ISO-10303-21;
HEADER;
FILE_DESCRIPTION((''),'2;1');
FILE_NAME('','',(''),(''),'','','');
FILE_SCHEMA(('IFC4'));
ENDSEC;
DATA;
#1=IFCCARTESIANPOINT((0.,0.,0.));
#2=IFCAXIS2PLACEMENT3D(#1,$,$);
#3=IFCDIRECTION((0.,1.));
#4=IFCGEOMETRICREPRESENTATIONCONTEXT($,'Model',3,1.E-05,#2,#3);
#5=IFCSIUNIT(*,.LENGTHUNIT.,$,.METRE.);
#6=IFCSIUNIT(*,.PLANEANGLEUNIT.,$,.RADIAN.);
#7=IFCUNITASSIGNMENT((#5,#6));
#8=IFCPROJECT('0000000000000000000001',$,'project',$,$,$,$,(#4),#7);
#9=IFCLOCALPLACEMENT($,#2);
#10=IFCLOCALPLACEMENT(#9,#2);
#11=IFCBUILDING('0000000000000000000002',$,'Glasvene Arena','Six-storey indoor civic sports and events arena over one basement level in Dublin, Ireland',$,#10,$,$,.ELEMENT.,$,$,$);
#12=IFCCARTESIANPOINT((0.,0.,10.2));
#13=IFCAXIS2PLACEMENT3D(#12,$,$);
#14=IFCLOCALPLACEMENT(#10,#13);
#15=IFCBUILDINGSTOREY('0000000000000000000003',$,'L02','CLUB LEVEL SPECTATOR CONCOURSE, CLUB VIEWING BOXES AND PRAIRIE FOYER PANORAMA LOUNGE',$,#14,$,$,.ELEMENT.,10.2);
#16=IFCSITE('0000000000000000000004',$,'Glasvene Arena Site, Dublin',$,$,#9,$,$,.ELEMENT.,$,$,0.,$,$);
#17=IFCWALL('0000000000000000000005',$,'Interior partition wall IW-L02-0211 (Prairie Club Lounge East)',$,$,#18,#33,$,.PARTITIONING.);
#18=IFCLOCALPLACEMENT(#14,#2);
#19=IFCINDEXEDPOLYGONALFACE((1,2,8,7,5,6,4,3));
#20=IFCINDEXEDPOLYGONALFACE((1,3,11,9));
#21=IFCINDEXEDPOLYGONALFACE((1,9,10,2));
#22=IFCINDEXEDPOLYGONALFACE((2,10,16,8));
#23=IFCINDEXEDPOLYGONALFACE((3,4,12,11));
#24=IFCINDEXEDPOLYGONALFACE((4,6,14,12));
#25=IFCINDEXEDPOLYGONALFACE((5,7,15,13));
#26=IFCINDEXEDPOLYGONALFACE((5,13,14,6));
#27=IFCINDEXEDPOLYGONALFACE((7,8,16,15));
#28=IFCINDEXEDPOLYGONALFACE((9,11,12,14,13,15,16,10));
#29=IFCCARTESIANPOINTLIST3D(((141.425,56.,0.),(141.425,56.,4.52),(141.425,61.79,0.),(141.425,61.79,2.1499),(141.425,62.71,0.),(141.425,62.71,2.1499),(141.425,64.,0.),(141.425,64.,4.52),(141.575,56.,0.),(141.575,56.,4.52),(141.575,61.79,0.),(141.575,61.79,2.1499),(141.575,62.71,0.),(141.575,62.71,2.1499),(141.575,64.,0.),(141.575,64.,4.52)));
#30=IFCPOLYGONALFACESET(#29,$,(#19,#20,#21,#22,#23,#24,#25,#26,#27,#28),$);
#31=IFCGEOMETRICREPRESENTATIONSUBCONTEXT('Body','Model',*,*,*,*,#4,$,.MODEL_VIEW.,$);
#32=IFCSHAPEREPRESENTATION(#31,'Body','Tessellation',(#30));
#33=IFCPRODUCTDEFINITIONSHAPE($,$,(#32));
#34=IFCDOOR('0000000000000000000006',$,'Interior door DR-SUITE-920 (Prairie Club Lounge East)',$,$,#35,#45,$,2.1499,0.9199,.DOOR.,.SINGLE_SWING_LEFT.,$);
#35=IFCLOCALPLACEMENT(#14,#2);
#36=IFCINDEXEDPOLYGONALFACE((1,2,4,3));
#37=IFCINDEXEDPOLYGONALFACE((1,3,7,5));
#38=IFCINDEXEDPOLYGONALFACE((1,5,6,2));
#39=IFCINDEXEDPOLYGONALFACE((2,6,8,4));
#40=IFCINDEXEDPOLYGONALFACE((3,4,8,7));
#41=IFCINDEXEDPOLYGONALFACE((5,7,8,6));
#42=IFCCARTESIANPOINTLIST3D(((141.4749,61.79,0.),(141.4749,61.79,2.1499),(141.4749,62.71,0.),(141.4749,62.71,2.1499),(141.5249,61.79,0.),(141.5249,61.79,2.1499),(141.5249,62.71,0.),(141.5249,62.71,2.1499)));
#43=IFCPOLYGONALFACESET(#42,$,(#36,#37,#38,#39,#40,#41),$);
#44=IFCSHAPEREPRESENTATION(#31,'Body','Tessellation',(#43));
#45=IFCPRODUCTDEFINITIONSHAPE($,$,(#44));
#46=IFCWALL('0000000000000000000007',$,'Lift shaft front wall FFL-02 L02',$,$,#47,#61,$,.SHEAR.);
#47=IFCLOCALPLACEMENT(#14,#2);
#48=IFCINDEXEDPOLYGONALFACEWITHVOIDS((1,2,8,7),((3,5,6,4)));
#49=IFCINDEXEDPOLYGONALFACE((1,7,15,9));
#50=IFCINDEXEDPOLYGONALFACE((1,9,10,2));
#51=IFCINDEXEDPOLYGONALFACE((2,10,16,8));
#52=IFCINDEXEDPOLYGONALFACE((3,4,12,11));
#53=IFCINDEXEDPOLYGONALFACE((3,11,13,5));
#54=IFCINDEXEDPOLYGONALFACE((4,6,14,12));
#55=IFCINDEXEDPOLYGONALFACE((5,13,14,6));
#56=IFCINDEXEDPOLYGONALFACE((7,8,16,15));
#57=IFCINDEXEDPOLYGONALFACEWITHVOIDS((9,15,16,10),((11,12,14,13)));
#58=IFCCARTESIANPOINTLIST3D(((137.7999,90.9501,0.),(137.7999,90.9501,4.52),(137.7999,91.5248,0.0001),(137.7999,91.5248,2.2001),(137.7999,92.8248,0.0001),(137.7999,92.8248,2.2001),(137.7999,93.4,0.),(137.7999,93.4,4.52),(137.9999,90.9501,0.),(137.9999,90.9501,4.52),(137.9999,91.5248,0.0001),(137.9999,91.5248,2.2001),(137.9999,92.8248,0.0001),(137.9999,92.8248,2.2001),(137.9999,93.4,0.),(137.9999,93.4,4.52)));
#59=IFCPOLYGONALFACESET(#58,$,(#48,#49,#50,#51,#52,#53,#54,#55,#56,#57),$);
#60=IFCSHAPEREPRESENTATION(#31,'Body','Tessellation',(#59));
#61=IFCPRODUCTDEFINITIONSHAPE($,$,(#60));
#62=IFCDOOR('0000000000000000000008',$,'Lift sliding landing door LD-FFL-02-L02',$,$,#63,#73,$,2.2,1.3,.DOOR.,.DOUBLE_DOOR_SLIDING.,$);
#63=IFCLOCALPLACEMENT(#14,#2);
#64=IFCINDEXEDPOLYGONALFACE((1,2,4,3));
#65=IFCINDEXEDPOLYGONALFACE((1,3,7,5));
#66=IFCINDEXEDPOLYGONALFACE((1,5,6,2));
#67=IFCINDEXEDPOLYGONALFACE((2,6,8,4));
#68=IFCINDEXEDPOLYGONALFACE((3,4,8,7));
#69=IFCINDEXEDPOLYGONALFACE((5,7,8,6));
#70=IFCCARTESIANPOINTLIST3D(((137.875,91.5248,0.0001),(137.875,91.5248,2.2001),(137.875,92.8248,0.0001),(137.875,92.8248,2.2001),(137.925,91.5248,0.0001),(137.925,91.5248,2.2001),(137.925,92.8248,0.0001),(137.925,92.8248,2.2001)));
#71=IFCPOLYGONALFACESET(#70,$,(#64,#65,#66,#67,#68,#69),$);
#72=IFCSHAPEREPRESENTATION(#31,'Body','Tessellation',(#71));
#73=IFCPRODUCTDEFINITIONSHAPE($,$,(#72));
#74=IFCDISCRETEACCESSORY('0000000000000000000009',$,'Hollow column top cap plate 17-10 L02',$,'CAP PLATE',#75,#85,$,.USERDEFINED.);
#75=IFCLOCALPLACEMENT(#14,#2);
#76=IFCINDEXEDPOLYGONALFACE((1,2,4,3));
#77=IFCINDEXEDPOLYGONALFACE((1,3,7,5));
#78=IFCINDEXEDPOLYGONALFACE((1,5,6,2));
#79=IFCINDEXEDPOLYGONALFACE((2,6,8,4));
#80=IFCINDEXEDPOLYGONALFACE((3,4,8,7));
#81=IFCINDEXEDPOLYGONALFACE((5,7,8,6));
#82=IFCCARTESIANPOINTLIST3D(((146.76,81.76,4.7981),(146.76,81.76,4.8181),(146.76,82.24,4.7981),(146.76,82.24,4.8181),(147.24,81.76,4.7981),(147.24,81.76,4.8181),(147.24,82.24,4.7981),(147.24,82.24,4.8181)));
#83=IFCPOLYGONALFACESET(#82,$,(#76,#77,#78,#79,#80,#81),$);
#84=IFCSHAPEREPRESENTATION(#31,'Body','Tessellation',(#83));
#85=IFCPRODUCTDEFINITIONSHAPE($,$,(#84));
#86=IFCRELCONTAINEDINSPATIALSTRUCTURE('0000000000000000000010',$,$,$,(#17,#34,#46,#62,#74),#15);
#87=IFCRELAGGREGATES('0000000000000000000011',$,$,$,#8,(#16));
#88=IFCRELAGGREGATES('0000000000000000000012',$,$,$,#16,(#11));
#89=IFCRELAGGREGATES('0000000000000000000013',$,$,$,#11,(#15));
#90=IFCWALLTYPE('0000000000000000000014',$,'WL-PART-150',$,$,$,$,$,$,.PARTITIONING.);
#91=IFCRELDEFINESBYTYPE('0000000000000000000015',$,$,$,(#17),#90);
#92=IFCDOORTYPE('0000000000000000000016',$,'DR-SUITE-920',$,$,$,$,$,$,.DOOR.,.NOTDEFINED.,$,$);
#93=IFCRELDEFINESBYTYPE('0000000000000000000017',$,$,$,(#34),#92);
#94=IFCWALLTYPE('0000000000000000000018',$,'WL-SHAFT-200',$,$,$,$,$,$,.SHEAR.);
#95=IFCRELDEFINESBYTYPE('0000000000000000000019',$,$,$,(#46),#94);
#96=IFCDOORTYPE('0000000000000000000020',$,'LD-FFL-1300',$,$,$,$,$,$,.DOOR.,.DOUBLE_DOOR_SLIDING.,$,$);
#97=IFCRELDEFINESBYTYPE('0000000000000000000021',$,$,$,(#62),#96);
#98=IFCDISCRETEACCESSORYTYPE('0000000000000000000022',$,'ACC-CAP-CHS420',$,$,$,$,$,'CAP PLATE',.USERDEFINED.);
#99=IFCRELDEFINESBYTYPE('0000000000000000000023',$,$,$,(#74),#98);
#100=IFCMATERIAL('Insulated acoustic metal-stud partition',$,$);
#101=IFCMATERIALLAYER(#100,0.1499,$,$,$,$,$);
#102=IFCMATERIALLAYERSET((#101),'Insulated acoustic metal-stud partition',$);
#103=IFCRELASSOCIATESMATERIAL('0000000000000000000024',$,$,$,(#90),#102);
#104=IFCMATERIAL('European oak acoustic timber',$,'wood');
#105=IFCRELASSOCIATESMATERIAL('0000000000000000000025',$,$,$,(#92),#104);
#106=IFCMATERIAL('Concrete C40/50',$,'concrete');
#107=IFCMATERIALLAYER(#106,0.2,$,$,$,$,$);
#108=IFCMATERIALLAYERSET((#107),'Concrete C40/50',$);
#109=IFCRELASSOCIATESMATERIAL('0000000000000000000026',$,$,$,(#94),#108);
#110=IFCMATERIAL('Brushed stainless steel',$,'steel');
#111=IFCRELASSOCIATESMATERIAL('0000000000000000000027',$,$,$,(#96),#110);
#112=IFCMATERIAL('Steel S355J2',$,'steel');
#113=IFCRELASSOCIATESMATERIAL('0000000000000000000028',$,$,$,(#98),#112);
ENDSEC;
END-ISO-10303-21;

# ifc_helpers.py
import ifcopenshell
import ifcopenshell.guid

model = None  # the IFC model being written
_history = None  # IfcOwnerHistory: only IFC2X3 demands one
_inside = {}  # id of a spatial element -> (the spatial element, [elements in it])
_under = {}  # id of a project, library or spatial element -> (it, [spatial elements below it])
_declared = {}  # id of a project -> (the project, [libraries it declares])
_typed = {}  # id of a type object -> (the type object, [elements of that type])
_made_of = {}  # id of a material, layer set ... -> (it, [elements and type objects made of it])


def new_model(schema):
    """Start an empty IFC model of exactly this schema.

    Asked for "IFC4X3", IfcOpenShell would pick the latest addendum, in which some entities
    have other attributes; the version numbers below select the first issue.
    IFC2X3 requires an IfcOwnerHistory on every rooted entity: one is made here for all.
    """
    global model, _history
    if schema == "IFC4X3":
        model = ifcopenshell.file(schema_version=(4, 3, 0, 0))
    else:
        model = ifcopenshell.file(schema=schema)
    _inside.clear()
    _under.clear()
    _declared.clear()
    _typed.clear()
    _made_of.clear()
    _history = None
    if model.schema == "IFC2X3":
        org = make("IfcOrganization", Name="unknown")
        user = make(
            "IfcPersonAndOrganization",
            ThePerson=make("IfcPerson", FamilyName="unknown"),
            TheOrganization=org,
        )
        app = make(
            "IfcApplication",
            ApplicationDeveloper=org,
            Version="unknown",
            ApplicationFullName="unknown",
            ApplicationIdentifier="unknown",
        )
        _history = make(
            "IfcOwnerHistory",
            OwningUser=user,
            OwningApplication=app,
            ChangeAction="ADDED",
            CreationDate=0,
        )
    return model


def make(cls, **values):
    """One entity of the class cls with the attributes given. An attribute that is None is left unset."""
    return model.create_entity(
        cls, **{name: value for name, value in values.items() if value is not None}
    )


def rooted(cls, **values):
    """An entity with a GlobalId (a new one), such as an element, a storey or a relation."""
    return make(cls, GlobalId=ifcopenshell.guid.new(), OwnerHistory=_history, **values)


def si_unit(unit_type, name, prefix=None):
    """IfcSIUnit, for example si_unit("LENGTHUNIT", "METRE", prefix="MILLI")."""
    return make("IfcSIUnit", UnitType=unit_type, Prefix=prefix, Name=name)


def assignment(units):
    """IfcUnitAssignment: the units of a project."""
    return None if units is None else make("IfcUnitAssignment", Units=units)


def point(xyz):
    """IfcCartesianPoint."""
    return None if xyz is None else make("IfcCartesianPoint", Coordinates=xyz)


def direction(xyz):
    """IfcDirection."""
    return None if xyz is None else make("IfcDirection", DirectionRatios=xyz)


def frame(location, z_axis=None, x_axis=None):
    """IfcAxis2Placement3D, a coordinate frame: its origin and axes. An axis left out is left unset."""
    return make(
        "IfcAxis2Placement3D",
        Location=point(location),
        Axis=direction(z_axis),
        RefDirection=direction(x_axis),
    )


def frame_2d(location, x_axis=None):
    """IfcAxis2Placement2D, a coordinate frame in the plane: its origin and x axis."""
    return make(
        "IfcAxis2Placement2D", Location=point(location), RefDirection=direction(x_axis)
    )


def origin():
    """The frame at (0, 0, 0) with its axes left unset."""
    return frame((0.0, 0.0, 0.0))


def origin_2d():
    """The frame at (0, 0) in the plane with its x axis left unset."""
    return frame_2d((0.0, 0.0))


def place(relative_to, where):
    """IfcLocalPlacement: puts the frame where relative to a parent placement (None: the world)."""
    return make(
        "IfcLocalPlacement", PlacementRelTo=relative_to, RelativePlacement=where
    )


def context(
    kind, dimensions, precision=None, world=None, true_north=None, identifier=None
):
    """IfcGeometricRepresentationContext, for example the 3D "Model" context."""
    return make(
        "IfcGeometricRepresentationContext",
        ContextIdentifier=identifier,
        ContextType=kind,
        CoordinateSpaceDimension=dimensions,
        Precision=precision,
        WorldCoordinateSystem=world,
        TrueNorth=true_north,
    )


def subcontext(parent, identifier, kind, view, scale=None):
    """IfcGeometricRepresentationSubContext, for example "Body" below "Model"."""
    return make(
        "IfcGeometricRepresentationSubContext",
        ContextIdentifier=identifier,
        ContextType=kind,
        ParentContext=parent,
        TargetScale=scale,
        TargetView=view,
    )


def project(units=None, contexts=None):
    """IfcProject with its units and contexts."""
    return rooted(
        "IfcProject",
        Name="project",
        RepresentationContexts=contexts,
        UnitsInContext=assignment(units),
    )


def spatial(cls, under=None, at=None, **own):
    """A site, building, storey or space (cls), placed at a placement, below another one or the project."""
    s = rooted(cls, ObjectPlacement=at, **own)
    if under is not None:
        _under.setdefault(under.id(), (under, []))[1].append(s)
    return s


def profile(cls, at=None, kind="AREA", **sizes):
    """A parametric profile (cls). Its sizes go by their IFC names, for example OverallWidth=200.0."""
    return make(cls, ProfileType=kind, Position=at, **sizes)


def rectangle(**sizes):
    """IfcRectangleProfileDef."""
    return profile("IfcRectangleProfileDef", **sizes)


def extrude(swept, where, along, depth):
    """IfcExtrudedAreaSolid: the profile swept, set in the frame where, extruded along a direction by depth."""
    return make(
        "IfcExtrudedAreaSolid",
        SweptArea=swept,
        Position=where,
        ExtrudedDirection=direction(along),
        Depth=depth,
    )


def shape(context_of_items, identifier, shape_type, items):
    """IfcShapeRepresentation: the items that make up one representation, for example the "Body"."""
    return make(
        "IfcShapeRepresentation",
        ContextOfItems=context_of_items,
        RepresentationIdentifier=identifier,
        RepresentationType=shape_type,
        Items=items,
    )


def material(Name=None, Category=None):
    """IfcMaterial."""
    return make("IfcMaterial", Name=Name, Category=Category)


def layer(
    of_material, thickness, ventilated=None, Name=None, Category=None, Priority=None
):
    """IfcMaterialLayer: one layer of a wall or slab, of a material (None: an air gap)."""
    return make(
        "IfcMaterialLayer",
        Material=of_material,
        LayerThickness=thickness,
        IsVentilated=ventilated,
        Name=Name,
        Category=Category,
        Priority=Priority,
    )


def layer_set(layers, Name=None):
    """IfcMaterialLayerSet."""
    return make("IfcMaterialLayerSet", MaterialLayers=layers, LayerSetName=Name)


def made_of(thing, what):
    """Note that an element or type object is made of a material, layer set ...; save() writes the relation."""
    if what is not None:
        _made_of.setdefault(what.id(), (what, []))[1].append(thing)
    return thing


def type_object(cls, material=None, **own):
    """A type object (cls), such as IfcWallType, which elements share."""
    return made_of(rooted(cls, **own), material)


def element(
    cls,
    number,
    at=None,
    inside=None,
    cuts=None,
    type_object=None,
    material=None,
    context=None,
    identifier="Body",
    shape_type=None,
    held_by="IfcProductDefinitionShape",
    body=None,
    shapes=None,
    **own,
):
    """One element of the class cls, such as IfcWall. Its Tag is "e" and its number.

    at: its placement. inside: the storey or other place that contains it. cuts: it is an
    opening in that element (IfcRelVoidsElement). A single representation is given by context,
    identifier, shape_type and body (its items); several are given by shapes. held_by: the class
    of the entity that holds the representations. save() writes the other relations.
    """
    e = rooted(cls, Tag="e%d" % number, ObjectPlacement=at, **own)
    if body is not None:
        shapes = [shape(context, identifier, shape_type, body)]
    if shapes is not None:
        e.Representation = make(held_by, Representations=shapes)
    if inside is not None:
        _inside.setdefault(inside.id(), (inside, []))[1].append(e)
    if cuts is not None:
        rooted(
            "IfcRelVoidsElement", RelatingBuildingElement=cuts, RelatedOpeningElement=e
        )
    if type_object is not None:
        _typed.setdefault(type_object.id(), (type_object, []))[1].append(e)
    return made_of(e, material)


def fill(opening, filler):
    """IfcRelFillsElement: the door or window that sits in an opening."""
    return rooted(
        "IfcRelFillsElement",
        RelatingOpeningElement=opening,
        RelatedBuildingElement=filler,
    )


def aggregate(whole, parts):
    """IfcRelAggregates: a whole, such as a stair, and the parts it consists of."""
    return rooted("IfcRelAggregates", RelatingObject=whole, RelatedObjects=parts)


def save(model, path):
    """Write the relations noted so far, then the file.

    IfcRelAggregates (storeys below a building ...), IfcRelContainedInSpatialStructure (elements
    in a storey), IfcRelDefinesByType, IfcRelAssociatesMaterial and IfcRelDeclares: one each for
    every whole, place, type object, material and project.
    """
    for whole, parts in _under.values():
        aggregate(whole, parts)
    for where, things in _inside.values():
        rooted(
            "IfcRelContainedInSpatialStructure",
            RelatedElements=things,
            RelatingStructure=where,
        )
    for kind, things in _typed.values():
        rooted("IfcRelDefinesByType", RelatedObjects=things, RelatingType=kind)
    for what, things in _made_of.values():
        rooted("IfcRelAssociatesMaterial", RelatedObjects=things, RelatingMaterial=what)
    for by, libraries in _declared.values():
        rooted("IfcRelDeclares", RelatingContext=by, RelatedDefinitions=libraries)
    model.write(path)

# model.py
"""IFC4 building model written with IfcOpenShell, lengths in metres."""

from ifc_helpers import new_model, si_unit, direction, frame, frame_2d, origin, origin_2d, place, context, subcontext, project, spatial, rectangle, extrude, material, layer, layer_set, type_object, element, fill, save


model = new_model("IFC4")

# Units and contexts
model_context = context("Model", 3, precision=1e-05, world=origin(), true_north=direction((0.0, 1.0)))
body_context = subcontext(model_context, "Body", "Model", "MODEL_VIEW")
ifc_project = project(units=[si_unit("LENGTHUNIT", "METRE"), si_unit("PLANEANGLEUNIT", "RADIAN")], contexts=[model_context])

# Site, building, storey
site_placement = place(None, origin())
site = spatial("IfcSite", under=ifc_project, at=site_placement, Name="Glasvene Arena Site, Dublin", CompositionType="ELEMENT", RefElevation=0.0)
building_placement = place(site_placement, origin())
building = spatial("IfcBuilding", under=site, at=building_placement, Name="Glasvene Arena", Description="Six-storey indoor civic sports and events arena over one basement level in Dublin, Ireland", CompositionType="ELEMENT")
storey_placement = place(building_placement, frame((0.0, 0.0, 10.2)))
storey = spatial("IfcBuildingStorey", under=building, at=storey_placement, Name="L02", Description="CLUB LEVEL SPECTATOR CONCOURSE, CLUB VIEWING BOXES AND PRAIRIE FOYER PANORAMA LOUNGE", CompositionType="ELEMENT", Elevation=10.2)

# Shared definitions
ifc_material_1 = material(Name="Steel S355J2", Category="steel")

# Shared definitions
ifc_material_2 = material(Name="Concrete C40/50", Category="concrete")
ifc_material_3 = material(Name="Insulated acoustic metal-stud partition")
ifc_layer_1 = layer(ifc_material_3, 0.1499)
ifc_layer_set_1 = layer_set([ifc_layer_1], Name="Insulated acoustic metal-stud partition")
wall_type_1 = type_object("IfcWallType", Name="WL-PART-150", PredefinedType="PARTITIONING", material=ifc_layer_set_1)

# Walls, openings, doors
wall_1_placement = place(storey_placement, frame((141.5, 64.0, 0.0), z_axis=(0.0, 0.0, 1.0), x_axis=(0.0, -1.0, 0.0)))
wall_1 = element("IfcWall", 1, at=wall_1_placement, inside=storey, type_object=wall_type_1, Name="Interior partition wall IW-L02-0211 (Prairie Club Lounge East)", PredefinedType="PARTITIONING", context=body_context, shape_type="SweptSolid", body=[
    extrude(rectangle(XDim=8.0, YDim=0.1499, at=frame_2d((4.0, 0.0))), origin(), (0.0, 0.0, 1.0), 4.52),
])
opening_1_placement = place(wall_1_placement, frame((1.29, 0.0, 0.0)))
opening_1 = element("IfcOpeningElement", 2, at=opening_1_placement, cuts=wall_1, PredefinedType="OPENING", context=body_context, shape_type="SweptSolid", body=[
    extrude(rectangle(XDim=0.9199, YDim=2.1499, at=frame_2d((0.46, 1.075))), frame((0.0, 0.085, 0.0), z_axis=(0.0, -1.0, 0.0), x_axis=(1.0, 0.0, 0.0)), (0.0, 0.0, 1.0), 0.1699),
])
ifc_material_4 = material(Name="European oak acoustic timber", Category="wood")
door_type_1 = type_object("IfcDoorType", Name="DR-SUITE-920", OperationType="NOTDEFINED", PredefinedType="DOOR", material=ifc_material_4)
door_1_placement = place(opening_1_placement, origin())
door_1 = element("IfcDoor", 3, at=door_1_placement, inside=storey, type_object=door_type_1, Name="Interior door DR-SUITE-920 (Prairie Club Lounge East)", OperationType="SINGLE_SWING_LEFT", OverallHeight=2.1499, OverallWidth=0.9199, PredefinedType="DOOR", context=body_context, shape_type="SweptSolid", body=[
    extrude(rectangle(XDim=0.9199, YDim=2.1499, at=frame_2d((0.46, 1.075))), frame((0.0, 0.0249, 0.0), z_axis=(0.0, -1.0, 0.0), x_axis=(1.0, 0.0, 0.0)), (0.0, 0.0, 1.0), 0.05),
])
fill(opening_1, door_1)
ifc_layer_2 = layer(ifc_material_2, 0.2)
ifc_layer_set_2 = layer_set([ifc_layer_2], Name="Concrete C40/50")
wall_type_2 = type_object("IfcWallType", Name="WL-SHAFT-200", PredefinedType="SHEAR", material=ifc_layer_set_2)
wall_2_placement = place(storey_placement, frame((137.8999, 90.95, 0.0), z_axis=(0.0, 0.0, 1.0), x_axis=(0.0, 1.0, 0.0)))
wall_2 = element("IfcWall", 4, at=wall_2_placement, inside=storey, type_object=wall_type_2, Name="Lift shaft front wall FFL-02 L02", PredefinedType="SHEAR", context=body_context, shape_type="SweptSolid", body=[
    extrude(rectangle(XDim=2.45, YDim=0.2, at=frame_2d((1.2251, 0.0))), origin(), (0.0, 0.0, 1.0), 4.52),
])
opening_2_placement = place(wall_2_placement, frame((0.575, 0.0, 0.0)))
opening_2 = element("IfcOpeningElement", 5, at=opening_2_placement, cuts=wall_2, PredefinedType="OPENING", context=body_context, shape_type="SweptSolid", body=[
    extrude(rectangle(XDim=1.3, YDim=2.2, at=frame_2d((0.6499, 1.1001))), frame((0.0, 0.1099, 0.0), z_axis=(0.0, -1.0, 0.0), x_axis=(1.0, 0.0, 0.0)), (0.0, 0.0, 1.0), 0.22),
])
ifc_material_5 = material(Name="Brushed stainless steel", Category="steel")
door_type_2 = type_object("IfcDoorType", Name="LD-FFL-1300", OperationType="DOUBLE_DOOR_SLIDING", PredefinedType="DOOR", material=ifc_material_5)
door_2_placement = place(opening_2_placement, origin())
door_2 = element("IfcDoor", 6, at=door_2_placement, inside=storey, type_object=door_type_2, Name="Lift sliding landing door LD-FFL-02-L02", OperationType="DOUBLE_DOOR_SLIDING", OverallHeight=2.2, OverallWidth=1.3, PredefinedType="DOOR", context=body_context, shape_type="SweptSolid", body=[
    extrude(rectangle(XDim=1.3, YDim=2.2, at=frame_2d((0.6499, 1.1001))), frame((0.0, 0.0249, 0.0), z_axis=(0.0, -1.0, 0.0), x_axis=(1.0, 0.0, 0.0)), (0.0, 0.0, 1.0), 0.05),
])
fill(opening_2, door_2)

# Discrete accessory
discrete_accessory_type = type_object("IfcDiscreteAccessoryType", Name="ACC-CAP-CHS420", ElementType="CAP PLATE", PredefinedType="USERDEFINED", material=ifc_material_1)
discrete_accessory_placement = place(storey_placement, frame((147.0, 82.0, 4.7981), z_axis=(0.0, 0.0, 1.0), x_axis=(1.0, 0.0, 0.0)))
element("IfcDiscreteAccessory", 7, at=discrete_accessory_placement, inside=storey, type_object=discrete_accessory_type, Name="Hollow column top cap plate 17-10 L02", ObjectType="CAP PLATE", PredefinedType="USERDEFINED", context=body_context, shape_type="SweptSolid", body=[
    extrude(rectangle(XDim=0.48, YDim=0.48, at=origin_2d()), origin(), (0.0, 0.0, 1.0), 0.02),
])

save(model, "model.ifc")
